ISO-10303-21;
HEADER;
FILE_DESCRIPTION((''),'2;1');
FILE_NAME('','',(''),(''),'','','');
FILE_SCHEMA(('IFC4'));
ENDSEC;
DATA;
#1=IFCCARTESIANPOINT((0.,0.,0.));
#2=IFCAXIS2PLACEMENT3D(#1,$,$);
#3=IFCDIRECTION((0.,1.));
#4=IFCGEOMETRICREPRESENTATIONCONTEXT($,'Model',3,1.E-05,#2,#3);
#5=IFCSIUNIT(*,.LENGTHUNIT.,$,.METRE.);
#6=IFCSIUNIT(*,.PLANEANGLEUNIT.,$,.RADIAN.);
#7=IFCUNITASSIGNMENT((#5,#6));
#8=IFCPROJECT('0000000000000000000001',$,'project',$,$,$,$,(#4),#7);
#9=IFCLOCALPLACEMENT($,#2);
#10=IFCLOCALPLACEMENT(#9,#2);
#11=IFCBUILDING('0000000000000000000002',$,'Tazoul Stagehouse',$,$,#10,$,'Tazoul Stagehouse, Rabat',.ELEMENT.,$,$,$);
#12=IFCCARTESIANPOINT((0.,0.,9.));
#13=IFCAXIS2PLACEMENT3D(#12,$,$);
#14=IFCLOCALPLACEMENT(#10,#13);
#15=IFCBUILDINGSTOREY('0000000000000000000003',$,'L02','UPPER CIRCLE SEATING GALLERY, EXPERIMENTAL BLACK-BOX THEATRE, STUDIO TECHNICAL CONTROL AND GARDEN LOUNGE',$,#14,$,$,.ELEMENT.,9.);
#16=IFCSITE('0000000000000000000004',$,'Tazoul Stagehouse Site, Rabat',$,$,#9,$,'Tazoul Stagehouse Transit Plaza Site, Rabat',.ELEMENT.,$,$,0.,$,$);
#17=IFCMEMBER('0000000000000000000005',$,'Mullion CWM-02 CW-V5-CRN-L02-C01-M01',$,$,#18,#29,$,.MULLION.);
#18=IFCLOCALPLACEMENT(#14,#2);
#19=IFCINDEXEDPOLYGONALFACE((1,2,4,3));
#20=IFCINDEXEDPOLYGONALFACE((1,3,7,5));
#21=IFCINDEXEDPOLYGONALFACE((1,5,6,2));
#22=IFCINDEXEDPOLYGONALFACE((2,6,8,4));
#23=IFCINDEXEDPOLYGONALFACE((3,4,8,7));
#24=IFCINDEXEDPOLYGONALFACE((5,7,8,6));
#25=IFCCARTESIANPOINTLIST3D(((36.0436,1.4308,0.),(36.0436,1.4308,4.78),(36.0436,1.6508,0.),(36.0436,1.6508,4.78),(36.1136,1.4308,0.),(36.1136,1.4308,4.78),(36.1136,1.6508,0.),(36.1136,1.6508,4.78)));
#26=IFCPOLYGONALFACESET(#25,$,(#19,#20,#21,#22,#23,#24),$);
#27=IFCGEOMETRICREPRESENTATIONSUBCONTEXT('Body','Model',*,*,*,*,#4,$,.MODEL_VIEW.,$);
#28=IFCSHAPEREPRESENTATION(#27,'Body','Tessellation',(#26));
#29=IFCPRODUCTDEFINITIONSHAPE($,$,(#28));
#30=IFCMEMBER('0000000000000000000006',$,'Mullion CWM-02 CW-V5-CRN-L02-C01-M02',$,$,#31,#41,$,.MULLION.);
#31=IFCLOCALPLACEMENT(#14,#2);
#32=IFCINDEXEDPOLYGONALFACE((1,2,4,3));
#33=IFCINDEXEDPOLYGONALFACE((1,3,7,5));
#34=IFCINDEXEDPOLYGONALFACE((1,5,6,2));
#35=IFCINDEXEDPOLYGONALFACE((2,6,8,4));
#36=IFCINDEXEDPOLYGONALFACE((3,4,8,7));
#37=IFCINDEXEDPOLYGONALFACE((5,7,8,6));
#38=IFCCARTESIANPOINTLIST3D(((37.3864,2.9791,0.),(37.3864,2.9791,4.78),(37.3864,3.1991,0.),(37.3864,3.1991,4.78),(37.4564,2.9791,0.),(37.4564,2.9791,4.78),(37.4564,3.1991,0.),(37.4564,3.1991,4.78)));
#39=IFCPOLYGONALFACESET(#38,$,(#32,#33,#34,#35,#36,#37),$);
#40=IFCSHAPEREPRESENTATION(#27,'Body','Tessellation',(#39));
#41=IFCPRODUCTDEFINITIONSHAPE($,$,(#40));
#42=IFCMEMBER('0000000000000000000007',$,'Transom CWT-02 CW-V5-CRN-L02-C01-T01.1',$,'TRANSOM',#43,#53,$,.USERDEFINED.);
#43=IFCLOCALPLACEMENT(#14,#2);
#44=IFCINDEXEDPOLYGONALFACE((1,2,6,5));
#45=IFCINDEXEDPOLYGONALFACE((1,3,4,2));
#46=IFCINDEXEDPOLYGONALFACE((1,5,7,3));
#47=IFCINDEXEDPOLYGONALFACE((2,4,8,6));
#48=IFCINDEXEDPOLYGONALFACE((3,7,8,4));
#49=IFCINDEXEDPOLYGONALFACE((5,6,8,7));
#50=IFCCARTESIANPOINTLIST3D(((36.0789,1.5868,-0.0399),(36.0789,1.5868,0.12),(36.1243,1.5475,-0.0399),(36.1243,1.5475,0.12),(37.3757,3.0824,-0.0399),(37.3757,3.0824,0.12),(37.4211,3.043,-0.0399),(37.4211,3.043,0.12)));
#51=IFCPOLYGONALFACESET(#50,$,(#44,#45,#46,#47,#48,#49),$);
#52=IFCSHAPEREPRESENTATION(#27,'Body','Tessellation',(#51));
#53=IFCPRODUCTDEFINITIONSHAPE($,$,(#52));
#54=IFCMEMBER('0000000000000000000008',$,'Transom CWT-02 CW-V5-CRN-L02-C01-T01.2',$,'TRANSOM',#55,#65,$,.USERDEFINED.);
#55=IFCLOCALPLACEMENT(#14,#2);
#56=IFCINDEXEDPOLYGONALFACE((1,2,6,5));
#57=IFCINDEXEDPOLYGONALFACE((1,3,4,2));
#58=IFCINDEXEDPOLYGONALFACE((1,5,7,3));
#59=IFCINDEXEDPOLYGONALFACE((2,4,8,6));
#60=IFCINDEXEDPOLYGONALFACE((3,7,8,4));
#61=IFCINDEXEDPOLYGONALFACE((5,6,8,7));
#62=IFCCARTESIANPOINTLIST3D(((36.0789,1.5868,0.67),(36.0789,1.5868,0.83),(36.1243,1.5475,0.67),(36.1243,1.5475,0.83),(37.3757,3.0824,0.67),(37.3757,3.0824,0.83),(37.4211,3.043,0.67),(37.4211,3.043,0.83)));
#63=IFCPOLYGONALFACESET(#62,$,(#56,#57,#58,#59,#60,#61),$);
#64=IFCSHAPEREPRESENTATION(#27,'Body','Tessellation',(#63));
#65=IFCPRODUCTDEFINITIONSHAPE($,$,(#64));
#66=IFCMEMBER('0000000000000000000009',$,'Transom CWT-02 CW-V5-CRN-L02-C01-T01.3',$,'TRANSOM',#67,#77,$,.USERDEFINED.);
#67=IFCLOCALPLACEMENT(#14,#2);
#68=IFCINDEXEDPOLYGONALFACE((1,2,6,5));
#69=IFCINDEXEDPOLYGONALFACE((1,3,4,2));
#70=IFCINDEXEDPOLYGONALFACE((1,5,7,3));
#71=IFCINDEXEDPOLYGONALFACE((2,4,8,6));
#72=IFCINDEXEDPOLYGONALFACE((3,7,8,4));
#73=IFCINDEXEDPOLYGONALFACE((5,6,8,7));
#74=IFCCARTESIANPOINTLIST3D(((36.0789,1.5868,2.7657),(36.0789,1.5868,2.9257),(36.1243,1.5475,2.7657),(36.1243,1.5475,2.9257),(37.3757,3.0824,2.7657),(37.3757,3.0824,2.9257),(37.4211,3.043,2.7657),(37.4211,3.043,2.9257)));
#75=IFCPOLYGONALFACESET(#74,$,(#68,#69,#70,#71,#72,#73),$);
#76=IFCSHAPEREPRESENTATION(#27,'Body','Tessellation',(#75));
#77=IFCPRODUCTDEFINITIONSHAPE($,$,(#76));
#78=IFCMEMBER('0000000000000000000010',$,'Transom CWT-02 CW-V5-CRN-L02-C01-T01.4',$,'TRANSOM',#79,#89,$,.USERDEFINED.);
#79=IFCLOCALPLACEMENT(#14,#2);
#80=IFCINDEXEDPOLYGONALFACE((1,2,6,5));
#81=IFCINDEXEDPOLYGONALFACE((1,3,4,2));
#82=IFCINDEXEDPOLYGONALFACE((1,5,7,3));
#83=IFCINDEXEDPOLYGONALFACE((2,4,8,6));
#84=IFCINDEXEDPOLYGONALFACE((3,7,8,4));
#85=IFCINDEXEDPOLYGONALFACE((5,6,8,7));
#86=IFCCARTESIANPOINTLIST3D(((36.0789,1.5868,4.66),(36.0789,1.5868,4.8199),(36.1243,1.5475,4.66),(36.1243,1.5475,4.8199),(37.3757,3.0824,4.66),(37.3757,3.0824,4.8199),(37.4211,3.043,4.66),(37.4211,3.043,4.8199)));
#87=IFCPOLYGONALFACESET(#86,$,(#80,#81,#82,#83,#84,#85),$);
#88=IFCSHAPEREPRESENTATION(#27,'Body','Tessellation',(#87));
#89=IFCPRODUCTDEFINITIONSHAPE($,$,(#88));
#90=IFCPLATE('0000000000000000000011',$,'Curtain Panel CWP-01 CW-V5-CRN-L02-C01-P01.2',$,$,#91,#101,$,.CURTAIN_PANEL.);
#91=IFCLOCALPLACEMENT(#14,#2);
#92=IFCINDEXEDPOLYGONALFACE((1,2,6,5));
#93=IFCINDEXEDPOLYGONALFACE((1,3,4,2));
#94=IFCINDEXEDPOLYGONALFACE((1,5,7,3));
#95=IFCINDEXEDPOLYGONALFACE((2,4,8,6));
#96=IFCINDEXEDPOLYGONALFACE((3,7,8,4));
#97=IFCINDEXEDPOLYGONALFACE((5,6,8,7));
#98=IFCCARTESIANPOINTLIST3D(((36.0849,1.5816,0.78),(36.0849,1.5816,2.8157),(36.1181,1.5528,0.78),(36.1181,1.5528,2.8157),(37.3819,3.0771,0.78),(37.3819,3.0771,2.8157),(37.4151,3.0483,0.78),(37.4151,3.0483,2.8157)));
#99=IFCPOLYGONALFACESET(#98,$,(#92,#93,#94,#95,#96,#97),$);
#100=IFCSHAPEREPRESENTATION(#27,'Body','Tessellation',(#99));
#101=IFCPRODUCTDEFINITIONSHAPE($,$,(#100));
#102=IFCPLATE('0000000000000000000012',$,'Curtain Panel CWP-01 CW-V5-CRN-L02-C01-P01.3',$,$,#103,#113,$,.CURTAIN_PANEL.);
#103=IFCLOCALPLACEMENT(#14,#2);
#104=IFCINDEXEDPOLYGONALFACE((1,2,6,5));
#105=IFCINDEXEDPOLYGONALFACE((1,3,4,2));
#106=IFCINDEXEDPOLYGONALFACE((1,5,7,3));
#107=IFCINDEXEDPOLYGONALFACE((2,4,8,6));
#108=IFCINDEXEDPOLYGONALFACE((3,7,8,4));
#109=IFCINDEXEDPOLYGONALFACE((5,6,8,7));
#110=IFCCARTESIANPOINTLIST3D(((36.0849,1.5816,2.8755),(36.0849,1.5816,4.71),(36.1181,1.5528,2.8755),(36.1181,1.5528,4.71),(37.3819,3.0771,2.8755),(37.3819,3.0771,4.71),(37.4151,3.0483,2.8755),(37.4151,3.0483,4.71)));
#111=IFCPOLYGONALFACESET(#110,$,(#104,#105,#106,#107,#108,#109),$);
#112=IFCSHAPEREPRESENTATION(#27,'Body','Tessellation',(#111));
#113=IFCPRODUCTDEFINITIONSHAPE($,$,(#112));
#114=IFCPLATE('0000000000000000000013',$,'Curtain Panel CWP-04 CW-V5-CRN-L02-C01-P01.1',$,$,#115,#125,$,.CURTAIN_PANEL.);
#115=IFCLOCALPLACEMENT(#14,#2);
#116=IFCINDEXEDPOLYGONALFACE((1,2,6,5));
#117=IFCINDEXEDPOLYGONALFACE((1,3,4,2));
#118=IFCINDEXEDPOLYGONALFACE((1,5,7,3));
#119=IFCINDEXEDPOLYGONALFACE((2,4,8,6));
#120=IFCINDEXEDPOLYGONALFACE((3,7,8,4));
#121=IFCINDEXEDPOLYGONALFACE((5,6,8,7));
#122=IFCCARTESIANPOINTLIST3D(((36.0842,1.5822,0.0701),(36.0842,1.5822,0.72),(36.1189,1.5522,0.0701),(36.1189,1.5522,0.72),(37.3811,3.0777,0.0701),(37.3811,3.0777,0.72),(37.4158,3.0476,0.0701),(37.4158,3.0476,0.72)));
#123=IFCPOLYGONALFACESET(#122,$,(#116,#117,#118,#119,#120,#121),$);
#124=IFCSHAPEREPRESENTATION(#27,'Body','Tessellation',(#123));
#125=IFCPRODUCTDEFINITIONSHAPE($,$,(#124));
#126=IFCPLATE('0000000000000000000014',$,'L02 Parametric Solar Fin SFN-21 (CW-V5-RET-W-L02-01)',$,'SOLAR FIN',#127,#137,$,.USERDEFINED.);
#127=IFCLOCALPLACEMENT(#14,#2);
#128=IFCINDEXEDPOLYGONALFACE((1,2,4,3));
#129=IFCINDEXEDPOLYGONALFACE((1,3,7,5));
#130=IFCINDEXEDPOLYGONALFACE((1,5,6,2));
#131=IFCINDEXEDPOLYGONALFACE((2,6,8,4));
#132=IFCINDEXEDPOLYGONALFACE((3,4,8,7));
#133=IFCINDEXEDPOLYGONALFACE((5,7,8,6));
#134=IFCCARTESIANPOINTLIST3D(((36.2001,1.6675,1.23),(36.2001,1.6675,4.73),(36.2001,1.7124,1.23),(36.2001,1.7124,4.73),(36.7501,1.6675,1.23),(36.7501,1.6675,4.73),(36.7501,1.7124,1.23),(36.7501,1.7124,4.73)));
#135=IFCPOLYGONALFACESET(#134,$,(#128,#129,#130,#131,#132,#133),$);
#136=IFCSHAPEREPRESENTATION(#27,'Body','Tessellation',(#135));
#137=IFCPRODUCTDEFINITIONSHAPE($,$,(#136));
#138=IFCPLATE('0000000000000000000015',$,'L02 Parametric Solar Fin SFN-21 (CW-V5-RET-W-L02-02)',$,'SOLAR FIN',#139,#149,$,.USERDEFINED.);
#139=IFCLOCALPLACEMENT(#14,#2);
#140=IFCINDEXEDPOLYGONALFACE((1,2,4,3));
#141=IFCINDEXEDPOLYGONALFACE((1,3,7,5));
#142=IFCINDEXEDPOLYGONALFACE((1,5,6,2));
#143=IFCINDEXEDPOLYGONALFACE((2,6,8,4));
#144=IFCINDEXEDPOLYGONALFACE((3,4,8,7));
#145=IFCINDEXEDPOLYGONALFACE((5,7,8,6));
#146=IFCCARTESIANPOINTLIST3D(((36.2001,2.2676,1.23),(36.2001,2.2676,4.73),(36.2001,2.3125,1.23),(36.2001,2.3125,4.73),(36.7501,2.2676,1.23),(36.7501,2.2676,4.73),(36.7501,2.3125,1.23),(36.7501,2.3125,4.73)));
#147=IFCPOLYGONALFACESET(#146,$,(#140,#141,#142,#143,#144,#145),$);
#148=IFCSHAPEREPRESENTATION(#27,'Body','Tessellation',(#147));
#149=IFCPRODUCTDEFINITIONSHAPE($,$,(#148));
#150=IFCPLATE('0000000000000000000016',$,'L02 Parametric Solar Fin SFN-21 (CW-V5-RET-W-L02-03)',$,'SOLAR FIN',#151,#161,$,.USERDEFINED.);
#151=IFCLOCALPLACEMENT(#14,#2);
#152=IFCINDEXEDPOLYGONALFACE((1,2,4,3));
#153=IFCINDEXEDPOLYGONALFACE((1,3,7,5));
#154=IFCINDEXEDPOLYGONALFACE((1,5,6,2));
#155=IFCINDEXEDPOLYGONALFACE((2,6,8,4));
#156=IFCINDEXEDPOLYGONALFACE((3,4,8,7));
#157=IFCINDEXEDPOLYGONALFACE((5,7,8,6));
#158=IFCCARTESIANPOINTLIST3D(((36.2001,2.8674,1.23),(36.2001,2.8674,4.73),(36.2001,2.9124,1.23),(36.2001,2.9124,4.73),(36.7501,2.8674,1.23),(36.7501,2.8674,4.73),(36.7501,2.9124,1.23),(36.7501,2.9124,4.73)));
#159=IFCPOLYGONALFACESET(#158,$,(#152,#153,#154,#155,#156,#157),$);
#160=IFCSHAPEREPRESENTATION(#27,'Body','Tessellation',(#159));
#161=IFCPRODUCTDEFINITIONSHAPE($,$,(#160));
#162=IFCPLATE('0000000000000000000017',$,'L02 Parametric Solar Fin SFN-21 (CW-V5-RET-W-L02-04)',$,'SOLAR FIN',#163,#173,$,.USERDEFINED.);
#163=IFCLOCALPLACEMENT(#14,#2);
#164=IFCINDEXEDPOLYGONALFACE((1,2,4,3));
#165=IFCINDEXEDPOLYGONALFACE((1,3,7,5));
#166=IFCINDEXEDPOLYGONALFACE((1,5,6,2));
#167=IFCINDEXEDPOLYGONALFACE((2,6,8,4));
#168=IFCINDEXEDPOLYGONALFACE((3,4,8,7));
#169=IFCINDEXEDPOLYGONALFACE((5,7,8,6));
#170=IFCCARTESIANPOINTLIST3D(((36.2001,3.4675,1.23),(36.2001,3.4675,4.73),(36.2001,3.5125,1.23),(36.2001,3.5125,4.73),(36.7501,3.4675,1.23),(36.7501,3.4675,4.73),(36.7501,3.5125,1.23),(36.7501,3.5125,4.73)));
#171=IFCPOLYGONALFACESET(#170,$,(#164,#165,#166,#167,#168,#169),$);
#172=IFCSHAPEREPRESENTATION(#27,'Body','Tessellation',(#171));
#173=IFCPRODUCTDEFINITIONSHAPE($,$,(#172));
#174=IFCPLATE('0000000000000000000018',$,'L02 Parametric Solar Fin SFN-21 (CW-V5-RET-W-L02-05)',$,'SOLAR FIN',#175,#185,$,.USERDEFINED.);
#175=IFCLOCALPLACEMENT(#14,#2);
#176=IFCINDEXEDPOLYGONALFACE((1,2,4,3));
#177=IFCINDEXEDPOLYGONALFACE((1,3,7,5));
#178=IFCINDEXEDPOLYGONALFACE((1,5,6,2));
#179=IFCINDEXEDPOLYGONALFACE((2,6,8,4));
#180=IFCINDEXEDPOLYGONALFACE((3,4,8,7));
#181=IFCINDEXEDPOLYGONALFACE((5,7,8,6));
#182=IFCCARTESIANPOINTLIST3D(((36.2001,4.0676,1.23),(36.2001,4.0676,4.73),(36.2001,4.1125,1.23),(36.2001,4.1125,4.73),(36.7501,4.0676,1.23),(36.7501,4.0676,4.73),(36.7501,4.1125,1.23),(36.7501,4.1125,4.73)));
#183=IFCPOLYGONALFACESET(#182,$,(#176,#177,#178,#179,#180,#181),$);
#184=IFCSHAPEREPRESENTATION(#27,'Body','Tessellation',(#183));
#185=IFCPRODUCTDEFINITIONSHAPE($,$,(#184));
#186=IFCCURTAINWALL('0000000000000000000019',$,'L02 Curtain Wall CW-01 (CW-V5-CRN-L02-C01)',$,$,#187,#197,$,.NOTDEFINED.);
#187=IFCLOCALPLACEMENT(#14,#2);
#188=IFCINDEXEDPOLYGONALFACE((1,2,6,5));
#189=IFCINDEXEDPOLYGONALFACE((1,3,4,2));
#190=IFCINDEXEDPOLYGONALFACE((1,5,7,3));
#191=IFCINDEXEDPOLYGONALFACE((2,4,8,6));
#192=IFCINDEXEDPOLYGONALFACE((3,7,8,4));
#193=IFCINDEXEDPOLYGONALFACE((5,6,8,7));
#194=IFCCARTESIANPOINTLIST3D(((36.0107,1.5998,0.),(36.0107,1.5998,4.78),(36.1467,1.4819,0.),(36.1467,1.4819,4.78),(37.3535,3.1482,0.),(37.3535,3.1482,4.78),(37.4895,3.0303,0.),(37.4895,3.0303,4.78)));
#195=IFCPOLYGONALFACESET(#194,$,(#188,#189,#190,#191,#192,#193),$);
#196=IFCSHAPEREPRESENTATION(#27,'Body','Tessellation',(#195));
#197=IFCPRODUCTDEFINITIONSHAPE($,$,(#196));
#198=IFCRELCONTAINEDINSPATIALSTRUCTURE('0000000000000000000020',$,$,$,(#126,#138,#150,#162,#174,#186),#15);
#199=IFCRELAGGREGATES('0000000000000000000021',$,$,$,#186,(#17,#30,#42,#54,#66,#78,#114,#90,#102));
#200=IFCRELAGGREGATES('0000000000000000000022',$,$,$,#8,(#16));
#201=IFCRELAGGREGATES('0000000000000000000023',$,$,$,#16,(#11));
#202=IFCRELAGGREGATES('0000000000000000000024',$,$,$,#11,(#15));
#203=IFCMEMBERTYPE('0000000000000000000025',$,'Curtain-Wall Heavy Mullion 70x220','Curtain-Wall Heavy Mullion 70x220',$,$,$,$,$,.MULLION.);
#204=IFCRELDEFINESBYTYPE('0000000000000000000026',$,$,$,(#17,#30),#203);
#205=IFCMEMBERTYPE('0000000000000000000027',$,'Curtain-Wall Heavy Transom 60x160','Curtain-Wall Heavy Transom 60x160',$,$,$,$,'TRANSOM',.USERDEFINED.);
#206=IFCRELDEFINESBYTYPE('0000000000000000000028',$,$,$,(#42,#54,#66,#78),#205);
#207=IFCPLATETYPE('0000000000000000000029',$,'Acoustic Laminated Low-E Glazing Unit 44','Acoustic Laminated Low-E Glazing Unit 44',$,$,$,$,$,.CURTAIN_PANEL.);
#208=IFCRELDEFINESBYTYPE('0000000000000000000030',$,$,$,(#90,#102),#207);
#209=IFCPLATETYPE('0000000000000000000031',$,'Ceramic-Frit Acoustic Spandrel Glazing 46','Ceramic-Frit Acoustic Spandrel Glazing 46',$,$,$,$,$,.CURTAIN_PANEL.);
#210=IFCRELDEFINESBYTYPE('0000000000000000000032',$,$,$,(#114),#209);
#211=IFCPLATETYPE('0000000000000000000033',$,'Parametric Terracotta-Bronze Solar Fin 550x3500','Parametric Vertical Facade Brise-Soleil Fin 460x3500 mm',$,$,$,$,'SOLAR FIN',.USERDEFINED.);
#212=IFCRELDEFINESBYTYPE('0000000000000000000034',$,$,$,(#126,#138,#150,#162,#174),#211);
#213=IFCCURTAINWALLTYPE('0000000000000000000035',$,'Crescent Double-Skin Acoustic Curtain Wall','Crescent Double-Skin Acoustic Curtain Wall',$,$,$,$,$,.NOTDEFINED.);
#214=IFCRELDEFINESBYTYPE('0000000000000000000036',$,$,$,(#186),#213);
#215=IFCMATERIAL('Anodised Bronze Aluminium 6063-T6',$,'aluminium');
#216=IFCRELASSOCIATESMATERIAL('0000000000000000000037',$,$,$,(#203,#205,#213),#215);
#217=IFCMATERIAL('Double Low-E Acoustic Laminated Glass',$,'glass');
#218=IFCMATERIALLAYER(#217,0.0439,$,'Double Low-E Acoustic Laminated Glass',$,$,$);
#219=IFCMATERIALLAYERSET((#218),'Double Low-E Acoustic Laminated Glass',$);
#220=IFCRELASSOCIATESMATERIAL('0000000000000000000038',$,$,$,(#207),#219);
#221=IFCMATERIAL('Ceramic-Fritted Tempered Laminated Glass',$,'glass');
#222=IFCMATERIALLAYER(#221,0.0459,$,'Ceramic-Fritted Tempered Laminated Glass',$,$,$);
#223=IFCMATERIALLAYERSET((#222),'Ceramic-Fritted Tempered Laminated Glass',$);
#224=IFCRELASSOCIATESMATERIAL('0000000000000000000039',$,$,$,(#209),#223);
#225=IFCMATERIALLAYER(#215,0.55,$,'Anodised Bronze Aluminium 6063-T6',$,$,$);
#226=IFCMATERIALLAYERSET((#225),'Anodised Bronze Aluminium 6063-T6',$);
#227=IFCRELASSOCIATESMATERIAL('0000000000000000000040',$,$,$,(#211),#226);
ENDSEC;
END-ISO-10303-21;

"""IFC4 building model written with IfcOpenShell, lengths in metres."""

from ifc_helpers import new_model, si_unit, direction, frame, frame_2d, origin, origin_2d, place, context, subcontext, project, spatial, rectangle, extrude, material, layer, layer_set, material_profile, profile_set, type_object, element, aggregate, save


model = new_model("IFC4")

# Units and contexts
model_context = context("Model", 3, precision=1e-05, world=origin(), true_north=direction((0.0, 1.0)))
body_context = subcontext(model_context, "Body", "Model", "MODEL_VIEW")
ifc_project = project(units=[si_unit("LENGTHUNIT", "METRE"), si_unit("PLANEANGLEUNIT", "RADIAN")], contexts=[model_context])

# Members
ifc_material_1 = material(Name="Anodised Bronze Aluminium 6063-T6", Category="aluminium")
ifc_material_profile_1 = material_profile(ifc_material_1, rectangle(XDim=0.0701, YDim=0.22, at=origin_2d()), Name="ALU MULLION 70x220")
ifc_profile_set_1 = profile_set([ifc_material_profile_1], Name="Anodised Bronze Aluminium 6063-T6")
member_type_1 = type_object("IfcMemberType", Name="Curtain-Wall Heavy Mullion 70x220", Description="Curtain-Wall Heavy Mullion 70x220", PredefinedType="MULLION", material=ifc_profile_set_1)
site_placement = place(None, origin())
building_placement = place(site_placement, origin())
storey_placement = place(building_placement, frame((0.0, 0.0, 9.0)))
member_1_placement = place(storey_placement, frame((36.0786, 1.5408, 0.0), z_axis=(0.0, 0.0, 1.0), x_axis=(1.0, 0.0, 0.0)))
member_1 = element("IfcMember", 1, at=member_1_placement, type_object=member_type_1, Name="Mullion CWM-02 CW-V5-CRN-L02-C01-M01", PredefinedType="MULLION", context=body_context, shape_type="SweptSolid", body=[
    extrude(rectangle(XDim=0.0701, YDim=0.22, at=origin_2d()), origin(), (0.0, 0.0, 1.0), 4.78),
])
member_2_placement = place(storey_placement, frame((37.4214, 3.0891, 0.0), z_axis=(0.0, 0.0, 1.0), x_axis=(1.0, 0.0, 0.0)))
member_2 = element("IfcMember", 2, at=member_2_placement, type_object=member_type_1, Name="Mullion CWM-02 CW-V5-CRN-L02-C01-M02", PredefinedType="MULLION", context=body_context, shape_type="SweptSolid", body=[
    extrude(rectangle(XDim=0.0701, YDim=0.22, at=origin_2d()), origin(), (0.0, 0.0, 1.0), 4.78),
])
ifc_material_profile_2 = material_profile(ifc_material_1, rectangle(XDim=0.0601, YDim=0.1599, at=origin_2d()), Name="ALU TRANSOM 60x160")
ifc_profile_set_2 = profile_set([ifc_material_profile_2], Name="Anodised Bronze Aluminium 6063-T6")
member_type_2 = type_object("IfcMemberType", Name="Curtain-Wall Heavy Transom 60x160", Description="Curtain-Wall Heavy Transom 60x160", ElementType="TRANSOM", PredefinedType="USERDEFINED", material=ifc_profile_set_2)
member_3_placement = place(storey_placement, frame((36.1016, 1.5671, 0.04), z_axis=(0.655128, 0.755518, 0.0), x_axis=(-0.755518, 0.655128, 0.0)))
member_3 = element("IfcMember", 3, at=member_3_placement, type_object=member_type_2, Name="Transom CWT-02 CW-V5-CRN-L02-C01-T01.1", ObjectType="TRANSOM", PredefinedType="USERDEFINED", context=body_context, shape_type="SweptSolid", body=[
    extrude(rectangle(XDim=0.0601, YDim=0.1599, at=origin_2d()), origin(), (0.0, 0.0, 1.0), 1.9795),
])
member_4_placement = place(storey_placement, frame((36.1016, 1.5671, 0.75), z_axis=(0.655128, 0.755518, 0.0), x_axis=(-0.755518, 0.655128, 0.0)))
member_4 = element("IfcMember", 4, at=member_4_placement, type_object=member_type_2, Name="Transom CWT-02 CW-V5-CRN-L02-C01-T01.2", ObjectType="TRANSOM", PredefinedType="USERDEFINED", context=body_context, shape_type="SweptSolid", body=[
    extrude(rectangle(XDim=0.0601, YDim=0.1599, at=origin_2d()), origin(), (0.0, 0.0, 1.0), 1.9795),
])
member_5_placement = place(storey_placement, frame((36.1016, 1.5671, 2.8457), z_axis=(0.655128, 0.755518, 0.0), x_axis=(-0.755518, 0.655128, 0.0)))
member_5 = element("IfcMember", 5, at=member_5_placement, type_object=member_type_2, Name="Transom CWT-02 CW-V5-CRN-L02-C01-T01.3", ObjectType="TRANSOM", PredefinedType="USERDEFINED", context=body_context, shape_type="SweptSolid", body=[
    extrude(rectangle(XDim=0.0601, YDim=0.1599, at=origin_2d()), origin(), (0.0, 0.0, 1.0), 1.9795),
])
member_6_placement = place(storey_placement, frame((36.1016, 1.5671, 4.74), z_axis=(0.655128, 0.755518, 0.0), x_axis=(-0.755518, 0.655128, 0.0)))
member_6 = element("IfcMember", 6, at=member_6_placement, type_object=member_type_2, Name="Transom CWT-02 CW-V5-CRN-L02-C01-T01.4", ObjectType="TRANSOM", PredefinedType="USERDEFINED", context=body_context, shape_type="SweptSolid", body=[
    extrude(rectangle(XDim=0.0601, YDim=0.1599, at=origin_2d()), origin(), (0.0, 0.0, 1.0), 1.9795),
])

# Plates
ifc_material_2 = material(Name="Double Low-E Acoustic Laminated Glass", Category="glass")
ifc_layer_1 = layer(ifc_material_2, 0.0439, Name="Double Low-E Acoustic Laminated Glass")
ifc_layer_set_1 = layer_set([ifc_layer_1], Name="Double Low-E Acoustic Laminated Glass")
plate_type_1 = type_object("IfcPlateType", Name="Acoustic Laminated Low-E Glazing Unit 44", Description="Acoustic Laminated Low-E Glazing Unit 44", PredefinedType="CURTAIN_PANEL", material=ifc_layer_set_1)
plate_1_placement = place(storey_placement, frame((36.75, 2.3149, 0.78), z_axis=(0.0, 0.0, 1.0), x_axis=(0.655168, 0.755483, 0.0)))
plate_1 = element("IfcPlate", 7, at=plate_1_placement, type_object=plate_type_1, Name="Curtain Panel CWP-01 CW-V5-CRN-L02-C01-P01.2", PredefinedType="CURTAIN_PANEL", context=body_context, shape_type="SweptSolid", body=[
    extrude(rectangle(XDim=1.9795, YDim=0.0439, at=origin_2d()), origin(), (0.0, 0.0, 1.0), 2.0356),
])
plate_2_placement = place(storey_placement, frame((36.75, 2.3149, 2.8755), z_axis=(0.0, 0.0, 1.0), x_axis=(0.655168, 0.755483, 0.0)))
plate_2 = element("IfcPlate", 8, at=plate_2_placement, type_object=plate_type_1, Name="Curtain Panel CWP-01 CW-V5-CRN-L02-C01-P01.3", PredefinedType="CURTAIN_PANEL", context=body_context, shape_type="SweptSolid", body=[
    extrude(rectangle(XDim=1.9795, YDim=0.0439, at=origin_2d()), origin(), (0.0, 0.0, 1.0), 1.8345),
])
ifc_material_3 = material(Name="Ceramic-Fritted Tempered Laminated Glass", Category="glass")
ifc_layer_2 = layer(ifc_material_3, 0.0459, Name="Ceramic-Fritted Tempered Laminated Glass")
ifc_layer_set_2 = layer_set([ifc_layer_2], Name="Ceramic-Fritted Tempered Laminated Glass")
plate_type_2 = type_object("IfcPlateType", Name="Ceramic-Frit Acoustic Spandrel Glazing 46", Description="Ceramic-Frit Acoustic Spandrel Glazing 46", PredefinedType="CURTAIN_PANEL", material=ifc_layer_set_2)
plate_3_placement = place(storey_placement, frame((36.75, 2.3149, 0.0701), z_axis=(0.0, 0.0, 1.0), x_axis=(0.655168, 0.755483, 0.0)))
plate_3 = element("IfcPlate", 9, at=plate_3_placement, type_object=plate_type_2, Name="Curtain Panel CWP-04 CW-V5-CRN-L02-C01-P01.1", PredefinedType="CURTAIN_PANEL", context=body_context, shape_type="SweptSolid", body=[
    extrude(rectangle(XDim=1.9795, YDim=0.0459, at=origin_2d()), origin(), (0.0, 0.0, 1.0), 0.6499),
])

# Site, building, storey
site = spatial("IfcSite", under=ifc_project, at=site_placement, Name="Tazoul Stagehouse Site, Rabat", LongName="Tazoul Stagehouse Transit Plaza Site, Rabat", CompositionType="ELEMENT", RefElevation=0.0)
building = spatial("IfcBuilding", under=site, at=building_placement, Name="Tazoul Stagehouse", LongName="Tazoul Stagehouse, Rabat", CompositionType="ELEMENT")
storey = spatial("IfcBuildingStorey", under=building, at=storey_placement, Name="L02", Description="UPPER CIRCLE SEATING GALLERY, EXPERIMENTAL BLACK-BOX THEATRE, STUDIO TECHNICAL CONTROL AND GARDEN LOUNGE", CompositionType="ELEMENT", Elevation=9.0)

# Plates
ifc_layer_3 = layer(ifc_material_1, 0.55, Name="Anodised Bronze Aluminium 6063-T6")
ifc_layer_set_3 = layer_set([ifc_layer_3], Name="Anodised Bronze Aluminium 6063-T6")
plate_type_3 = type_object("IfcPlateType", Name="Parametric Terracotta-Bronze Solar Fin 550x3500", Description="Parametric Vertical Facade Brise-Soleil Fin 460x3500 mm", ElementType="SOLAR FIN", PredefinedType="USERDEFINED", material=ifc_layer_set_3)
for number, where, z_axis, x_axis, name in (
    (10, (36.4751, 1.6899, 1.23), (0.0, 0.0, 1.0), (0.0, 1.0, 0.0), "L02 Parametric Solar Fin SFN-21 (CW-V5-RET-W-L02-01)"),
    (11, (36.4751, 2.29, 1.23), (0.0, 0.0, 1.0), (0.0, 1.0, 0.0), "L02 Parametric Solar Fin SFN-21 (CW-V5-RET-W-L02-02)"),
    (12, (36.4751, 2.8899, 1.23), (0.0, 0.0, 1.0), (0.0, 1.0, 0.0), "L02 Parametric Solar Fin SFN-21 (CW-V5-RET-W-L02-03)"),
    (13, (36.4751, 3.49, 1.23), (0.0, 0.0, 1.0), (0.0, 1.0, 0.0), "L02 Parametric Solar Fin SFN-21 (CW-V5-RET-W-L02-04)"),
    (14, (36.4751, 4.0901, 1.23), (0.0, 0.0, 1.0), (0.0, 1.0, 0.0), "L02 Parametric Solar Fin SFN-21 (CW-V5-RET-W-L02-05)"),
):
    element("IfcPlate", number, at=place(storey_placement, frame(where, z_axis=z_axis, x_axis=x_axis)), inside=storey, type_object=plate_type_3, Name=name, ObjectType="SOLAR FIN", PredefinedType="USERDEFINED", context=body_context, shape_type="SweptSolid", body=[
        extrude(rectangle(XDim=0.0449, YDim=0.55, at=origin_2d()), origin(), (0.0, 0.0, 1.0), 3.5),
    ])

# Curtain wall
curtain_wall_type = type_object("IfcCurtainWallType", Name="Crescent Double-Skin Acoustic Curtain Wall", Description="Crescent Double-Skin Acoustic Curtain Wall", PredefinedType="NOTDEFINED", material=ifc_material_1)
curtain_wall_placement = place(storey_placement, frame((36.0786, 1.5408, 0.0), z_axis=(0.0, 0.0, 1.0), x_axis=(0.655175, 0.755477, 0.0)))
curtain_wall = element("IfcCurtainWall", 15, at=curtain_wall_placement, inside=storey, type_object=curtain_wall_type, Name="L02 Curtain Wall CW-01 (CW-V5-CRN-L02-C01)", PredefinedType="NOTDEFINED", context=body_context, shape_type="SweptSolid", body=[
    extrude(rectangle(XDim=2.0496, YDim=0.1799, at=frame_2d((1.0249, 0.0))), origin(), (0.0, 0.0, 1.0), 4.78),
])
aggregate(curtain_wall, [member_1, member_2, member_3, member_4, member_5, member_6, plate_3, plate_1, plate_2])

save(model, "model.ifc")
